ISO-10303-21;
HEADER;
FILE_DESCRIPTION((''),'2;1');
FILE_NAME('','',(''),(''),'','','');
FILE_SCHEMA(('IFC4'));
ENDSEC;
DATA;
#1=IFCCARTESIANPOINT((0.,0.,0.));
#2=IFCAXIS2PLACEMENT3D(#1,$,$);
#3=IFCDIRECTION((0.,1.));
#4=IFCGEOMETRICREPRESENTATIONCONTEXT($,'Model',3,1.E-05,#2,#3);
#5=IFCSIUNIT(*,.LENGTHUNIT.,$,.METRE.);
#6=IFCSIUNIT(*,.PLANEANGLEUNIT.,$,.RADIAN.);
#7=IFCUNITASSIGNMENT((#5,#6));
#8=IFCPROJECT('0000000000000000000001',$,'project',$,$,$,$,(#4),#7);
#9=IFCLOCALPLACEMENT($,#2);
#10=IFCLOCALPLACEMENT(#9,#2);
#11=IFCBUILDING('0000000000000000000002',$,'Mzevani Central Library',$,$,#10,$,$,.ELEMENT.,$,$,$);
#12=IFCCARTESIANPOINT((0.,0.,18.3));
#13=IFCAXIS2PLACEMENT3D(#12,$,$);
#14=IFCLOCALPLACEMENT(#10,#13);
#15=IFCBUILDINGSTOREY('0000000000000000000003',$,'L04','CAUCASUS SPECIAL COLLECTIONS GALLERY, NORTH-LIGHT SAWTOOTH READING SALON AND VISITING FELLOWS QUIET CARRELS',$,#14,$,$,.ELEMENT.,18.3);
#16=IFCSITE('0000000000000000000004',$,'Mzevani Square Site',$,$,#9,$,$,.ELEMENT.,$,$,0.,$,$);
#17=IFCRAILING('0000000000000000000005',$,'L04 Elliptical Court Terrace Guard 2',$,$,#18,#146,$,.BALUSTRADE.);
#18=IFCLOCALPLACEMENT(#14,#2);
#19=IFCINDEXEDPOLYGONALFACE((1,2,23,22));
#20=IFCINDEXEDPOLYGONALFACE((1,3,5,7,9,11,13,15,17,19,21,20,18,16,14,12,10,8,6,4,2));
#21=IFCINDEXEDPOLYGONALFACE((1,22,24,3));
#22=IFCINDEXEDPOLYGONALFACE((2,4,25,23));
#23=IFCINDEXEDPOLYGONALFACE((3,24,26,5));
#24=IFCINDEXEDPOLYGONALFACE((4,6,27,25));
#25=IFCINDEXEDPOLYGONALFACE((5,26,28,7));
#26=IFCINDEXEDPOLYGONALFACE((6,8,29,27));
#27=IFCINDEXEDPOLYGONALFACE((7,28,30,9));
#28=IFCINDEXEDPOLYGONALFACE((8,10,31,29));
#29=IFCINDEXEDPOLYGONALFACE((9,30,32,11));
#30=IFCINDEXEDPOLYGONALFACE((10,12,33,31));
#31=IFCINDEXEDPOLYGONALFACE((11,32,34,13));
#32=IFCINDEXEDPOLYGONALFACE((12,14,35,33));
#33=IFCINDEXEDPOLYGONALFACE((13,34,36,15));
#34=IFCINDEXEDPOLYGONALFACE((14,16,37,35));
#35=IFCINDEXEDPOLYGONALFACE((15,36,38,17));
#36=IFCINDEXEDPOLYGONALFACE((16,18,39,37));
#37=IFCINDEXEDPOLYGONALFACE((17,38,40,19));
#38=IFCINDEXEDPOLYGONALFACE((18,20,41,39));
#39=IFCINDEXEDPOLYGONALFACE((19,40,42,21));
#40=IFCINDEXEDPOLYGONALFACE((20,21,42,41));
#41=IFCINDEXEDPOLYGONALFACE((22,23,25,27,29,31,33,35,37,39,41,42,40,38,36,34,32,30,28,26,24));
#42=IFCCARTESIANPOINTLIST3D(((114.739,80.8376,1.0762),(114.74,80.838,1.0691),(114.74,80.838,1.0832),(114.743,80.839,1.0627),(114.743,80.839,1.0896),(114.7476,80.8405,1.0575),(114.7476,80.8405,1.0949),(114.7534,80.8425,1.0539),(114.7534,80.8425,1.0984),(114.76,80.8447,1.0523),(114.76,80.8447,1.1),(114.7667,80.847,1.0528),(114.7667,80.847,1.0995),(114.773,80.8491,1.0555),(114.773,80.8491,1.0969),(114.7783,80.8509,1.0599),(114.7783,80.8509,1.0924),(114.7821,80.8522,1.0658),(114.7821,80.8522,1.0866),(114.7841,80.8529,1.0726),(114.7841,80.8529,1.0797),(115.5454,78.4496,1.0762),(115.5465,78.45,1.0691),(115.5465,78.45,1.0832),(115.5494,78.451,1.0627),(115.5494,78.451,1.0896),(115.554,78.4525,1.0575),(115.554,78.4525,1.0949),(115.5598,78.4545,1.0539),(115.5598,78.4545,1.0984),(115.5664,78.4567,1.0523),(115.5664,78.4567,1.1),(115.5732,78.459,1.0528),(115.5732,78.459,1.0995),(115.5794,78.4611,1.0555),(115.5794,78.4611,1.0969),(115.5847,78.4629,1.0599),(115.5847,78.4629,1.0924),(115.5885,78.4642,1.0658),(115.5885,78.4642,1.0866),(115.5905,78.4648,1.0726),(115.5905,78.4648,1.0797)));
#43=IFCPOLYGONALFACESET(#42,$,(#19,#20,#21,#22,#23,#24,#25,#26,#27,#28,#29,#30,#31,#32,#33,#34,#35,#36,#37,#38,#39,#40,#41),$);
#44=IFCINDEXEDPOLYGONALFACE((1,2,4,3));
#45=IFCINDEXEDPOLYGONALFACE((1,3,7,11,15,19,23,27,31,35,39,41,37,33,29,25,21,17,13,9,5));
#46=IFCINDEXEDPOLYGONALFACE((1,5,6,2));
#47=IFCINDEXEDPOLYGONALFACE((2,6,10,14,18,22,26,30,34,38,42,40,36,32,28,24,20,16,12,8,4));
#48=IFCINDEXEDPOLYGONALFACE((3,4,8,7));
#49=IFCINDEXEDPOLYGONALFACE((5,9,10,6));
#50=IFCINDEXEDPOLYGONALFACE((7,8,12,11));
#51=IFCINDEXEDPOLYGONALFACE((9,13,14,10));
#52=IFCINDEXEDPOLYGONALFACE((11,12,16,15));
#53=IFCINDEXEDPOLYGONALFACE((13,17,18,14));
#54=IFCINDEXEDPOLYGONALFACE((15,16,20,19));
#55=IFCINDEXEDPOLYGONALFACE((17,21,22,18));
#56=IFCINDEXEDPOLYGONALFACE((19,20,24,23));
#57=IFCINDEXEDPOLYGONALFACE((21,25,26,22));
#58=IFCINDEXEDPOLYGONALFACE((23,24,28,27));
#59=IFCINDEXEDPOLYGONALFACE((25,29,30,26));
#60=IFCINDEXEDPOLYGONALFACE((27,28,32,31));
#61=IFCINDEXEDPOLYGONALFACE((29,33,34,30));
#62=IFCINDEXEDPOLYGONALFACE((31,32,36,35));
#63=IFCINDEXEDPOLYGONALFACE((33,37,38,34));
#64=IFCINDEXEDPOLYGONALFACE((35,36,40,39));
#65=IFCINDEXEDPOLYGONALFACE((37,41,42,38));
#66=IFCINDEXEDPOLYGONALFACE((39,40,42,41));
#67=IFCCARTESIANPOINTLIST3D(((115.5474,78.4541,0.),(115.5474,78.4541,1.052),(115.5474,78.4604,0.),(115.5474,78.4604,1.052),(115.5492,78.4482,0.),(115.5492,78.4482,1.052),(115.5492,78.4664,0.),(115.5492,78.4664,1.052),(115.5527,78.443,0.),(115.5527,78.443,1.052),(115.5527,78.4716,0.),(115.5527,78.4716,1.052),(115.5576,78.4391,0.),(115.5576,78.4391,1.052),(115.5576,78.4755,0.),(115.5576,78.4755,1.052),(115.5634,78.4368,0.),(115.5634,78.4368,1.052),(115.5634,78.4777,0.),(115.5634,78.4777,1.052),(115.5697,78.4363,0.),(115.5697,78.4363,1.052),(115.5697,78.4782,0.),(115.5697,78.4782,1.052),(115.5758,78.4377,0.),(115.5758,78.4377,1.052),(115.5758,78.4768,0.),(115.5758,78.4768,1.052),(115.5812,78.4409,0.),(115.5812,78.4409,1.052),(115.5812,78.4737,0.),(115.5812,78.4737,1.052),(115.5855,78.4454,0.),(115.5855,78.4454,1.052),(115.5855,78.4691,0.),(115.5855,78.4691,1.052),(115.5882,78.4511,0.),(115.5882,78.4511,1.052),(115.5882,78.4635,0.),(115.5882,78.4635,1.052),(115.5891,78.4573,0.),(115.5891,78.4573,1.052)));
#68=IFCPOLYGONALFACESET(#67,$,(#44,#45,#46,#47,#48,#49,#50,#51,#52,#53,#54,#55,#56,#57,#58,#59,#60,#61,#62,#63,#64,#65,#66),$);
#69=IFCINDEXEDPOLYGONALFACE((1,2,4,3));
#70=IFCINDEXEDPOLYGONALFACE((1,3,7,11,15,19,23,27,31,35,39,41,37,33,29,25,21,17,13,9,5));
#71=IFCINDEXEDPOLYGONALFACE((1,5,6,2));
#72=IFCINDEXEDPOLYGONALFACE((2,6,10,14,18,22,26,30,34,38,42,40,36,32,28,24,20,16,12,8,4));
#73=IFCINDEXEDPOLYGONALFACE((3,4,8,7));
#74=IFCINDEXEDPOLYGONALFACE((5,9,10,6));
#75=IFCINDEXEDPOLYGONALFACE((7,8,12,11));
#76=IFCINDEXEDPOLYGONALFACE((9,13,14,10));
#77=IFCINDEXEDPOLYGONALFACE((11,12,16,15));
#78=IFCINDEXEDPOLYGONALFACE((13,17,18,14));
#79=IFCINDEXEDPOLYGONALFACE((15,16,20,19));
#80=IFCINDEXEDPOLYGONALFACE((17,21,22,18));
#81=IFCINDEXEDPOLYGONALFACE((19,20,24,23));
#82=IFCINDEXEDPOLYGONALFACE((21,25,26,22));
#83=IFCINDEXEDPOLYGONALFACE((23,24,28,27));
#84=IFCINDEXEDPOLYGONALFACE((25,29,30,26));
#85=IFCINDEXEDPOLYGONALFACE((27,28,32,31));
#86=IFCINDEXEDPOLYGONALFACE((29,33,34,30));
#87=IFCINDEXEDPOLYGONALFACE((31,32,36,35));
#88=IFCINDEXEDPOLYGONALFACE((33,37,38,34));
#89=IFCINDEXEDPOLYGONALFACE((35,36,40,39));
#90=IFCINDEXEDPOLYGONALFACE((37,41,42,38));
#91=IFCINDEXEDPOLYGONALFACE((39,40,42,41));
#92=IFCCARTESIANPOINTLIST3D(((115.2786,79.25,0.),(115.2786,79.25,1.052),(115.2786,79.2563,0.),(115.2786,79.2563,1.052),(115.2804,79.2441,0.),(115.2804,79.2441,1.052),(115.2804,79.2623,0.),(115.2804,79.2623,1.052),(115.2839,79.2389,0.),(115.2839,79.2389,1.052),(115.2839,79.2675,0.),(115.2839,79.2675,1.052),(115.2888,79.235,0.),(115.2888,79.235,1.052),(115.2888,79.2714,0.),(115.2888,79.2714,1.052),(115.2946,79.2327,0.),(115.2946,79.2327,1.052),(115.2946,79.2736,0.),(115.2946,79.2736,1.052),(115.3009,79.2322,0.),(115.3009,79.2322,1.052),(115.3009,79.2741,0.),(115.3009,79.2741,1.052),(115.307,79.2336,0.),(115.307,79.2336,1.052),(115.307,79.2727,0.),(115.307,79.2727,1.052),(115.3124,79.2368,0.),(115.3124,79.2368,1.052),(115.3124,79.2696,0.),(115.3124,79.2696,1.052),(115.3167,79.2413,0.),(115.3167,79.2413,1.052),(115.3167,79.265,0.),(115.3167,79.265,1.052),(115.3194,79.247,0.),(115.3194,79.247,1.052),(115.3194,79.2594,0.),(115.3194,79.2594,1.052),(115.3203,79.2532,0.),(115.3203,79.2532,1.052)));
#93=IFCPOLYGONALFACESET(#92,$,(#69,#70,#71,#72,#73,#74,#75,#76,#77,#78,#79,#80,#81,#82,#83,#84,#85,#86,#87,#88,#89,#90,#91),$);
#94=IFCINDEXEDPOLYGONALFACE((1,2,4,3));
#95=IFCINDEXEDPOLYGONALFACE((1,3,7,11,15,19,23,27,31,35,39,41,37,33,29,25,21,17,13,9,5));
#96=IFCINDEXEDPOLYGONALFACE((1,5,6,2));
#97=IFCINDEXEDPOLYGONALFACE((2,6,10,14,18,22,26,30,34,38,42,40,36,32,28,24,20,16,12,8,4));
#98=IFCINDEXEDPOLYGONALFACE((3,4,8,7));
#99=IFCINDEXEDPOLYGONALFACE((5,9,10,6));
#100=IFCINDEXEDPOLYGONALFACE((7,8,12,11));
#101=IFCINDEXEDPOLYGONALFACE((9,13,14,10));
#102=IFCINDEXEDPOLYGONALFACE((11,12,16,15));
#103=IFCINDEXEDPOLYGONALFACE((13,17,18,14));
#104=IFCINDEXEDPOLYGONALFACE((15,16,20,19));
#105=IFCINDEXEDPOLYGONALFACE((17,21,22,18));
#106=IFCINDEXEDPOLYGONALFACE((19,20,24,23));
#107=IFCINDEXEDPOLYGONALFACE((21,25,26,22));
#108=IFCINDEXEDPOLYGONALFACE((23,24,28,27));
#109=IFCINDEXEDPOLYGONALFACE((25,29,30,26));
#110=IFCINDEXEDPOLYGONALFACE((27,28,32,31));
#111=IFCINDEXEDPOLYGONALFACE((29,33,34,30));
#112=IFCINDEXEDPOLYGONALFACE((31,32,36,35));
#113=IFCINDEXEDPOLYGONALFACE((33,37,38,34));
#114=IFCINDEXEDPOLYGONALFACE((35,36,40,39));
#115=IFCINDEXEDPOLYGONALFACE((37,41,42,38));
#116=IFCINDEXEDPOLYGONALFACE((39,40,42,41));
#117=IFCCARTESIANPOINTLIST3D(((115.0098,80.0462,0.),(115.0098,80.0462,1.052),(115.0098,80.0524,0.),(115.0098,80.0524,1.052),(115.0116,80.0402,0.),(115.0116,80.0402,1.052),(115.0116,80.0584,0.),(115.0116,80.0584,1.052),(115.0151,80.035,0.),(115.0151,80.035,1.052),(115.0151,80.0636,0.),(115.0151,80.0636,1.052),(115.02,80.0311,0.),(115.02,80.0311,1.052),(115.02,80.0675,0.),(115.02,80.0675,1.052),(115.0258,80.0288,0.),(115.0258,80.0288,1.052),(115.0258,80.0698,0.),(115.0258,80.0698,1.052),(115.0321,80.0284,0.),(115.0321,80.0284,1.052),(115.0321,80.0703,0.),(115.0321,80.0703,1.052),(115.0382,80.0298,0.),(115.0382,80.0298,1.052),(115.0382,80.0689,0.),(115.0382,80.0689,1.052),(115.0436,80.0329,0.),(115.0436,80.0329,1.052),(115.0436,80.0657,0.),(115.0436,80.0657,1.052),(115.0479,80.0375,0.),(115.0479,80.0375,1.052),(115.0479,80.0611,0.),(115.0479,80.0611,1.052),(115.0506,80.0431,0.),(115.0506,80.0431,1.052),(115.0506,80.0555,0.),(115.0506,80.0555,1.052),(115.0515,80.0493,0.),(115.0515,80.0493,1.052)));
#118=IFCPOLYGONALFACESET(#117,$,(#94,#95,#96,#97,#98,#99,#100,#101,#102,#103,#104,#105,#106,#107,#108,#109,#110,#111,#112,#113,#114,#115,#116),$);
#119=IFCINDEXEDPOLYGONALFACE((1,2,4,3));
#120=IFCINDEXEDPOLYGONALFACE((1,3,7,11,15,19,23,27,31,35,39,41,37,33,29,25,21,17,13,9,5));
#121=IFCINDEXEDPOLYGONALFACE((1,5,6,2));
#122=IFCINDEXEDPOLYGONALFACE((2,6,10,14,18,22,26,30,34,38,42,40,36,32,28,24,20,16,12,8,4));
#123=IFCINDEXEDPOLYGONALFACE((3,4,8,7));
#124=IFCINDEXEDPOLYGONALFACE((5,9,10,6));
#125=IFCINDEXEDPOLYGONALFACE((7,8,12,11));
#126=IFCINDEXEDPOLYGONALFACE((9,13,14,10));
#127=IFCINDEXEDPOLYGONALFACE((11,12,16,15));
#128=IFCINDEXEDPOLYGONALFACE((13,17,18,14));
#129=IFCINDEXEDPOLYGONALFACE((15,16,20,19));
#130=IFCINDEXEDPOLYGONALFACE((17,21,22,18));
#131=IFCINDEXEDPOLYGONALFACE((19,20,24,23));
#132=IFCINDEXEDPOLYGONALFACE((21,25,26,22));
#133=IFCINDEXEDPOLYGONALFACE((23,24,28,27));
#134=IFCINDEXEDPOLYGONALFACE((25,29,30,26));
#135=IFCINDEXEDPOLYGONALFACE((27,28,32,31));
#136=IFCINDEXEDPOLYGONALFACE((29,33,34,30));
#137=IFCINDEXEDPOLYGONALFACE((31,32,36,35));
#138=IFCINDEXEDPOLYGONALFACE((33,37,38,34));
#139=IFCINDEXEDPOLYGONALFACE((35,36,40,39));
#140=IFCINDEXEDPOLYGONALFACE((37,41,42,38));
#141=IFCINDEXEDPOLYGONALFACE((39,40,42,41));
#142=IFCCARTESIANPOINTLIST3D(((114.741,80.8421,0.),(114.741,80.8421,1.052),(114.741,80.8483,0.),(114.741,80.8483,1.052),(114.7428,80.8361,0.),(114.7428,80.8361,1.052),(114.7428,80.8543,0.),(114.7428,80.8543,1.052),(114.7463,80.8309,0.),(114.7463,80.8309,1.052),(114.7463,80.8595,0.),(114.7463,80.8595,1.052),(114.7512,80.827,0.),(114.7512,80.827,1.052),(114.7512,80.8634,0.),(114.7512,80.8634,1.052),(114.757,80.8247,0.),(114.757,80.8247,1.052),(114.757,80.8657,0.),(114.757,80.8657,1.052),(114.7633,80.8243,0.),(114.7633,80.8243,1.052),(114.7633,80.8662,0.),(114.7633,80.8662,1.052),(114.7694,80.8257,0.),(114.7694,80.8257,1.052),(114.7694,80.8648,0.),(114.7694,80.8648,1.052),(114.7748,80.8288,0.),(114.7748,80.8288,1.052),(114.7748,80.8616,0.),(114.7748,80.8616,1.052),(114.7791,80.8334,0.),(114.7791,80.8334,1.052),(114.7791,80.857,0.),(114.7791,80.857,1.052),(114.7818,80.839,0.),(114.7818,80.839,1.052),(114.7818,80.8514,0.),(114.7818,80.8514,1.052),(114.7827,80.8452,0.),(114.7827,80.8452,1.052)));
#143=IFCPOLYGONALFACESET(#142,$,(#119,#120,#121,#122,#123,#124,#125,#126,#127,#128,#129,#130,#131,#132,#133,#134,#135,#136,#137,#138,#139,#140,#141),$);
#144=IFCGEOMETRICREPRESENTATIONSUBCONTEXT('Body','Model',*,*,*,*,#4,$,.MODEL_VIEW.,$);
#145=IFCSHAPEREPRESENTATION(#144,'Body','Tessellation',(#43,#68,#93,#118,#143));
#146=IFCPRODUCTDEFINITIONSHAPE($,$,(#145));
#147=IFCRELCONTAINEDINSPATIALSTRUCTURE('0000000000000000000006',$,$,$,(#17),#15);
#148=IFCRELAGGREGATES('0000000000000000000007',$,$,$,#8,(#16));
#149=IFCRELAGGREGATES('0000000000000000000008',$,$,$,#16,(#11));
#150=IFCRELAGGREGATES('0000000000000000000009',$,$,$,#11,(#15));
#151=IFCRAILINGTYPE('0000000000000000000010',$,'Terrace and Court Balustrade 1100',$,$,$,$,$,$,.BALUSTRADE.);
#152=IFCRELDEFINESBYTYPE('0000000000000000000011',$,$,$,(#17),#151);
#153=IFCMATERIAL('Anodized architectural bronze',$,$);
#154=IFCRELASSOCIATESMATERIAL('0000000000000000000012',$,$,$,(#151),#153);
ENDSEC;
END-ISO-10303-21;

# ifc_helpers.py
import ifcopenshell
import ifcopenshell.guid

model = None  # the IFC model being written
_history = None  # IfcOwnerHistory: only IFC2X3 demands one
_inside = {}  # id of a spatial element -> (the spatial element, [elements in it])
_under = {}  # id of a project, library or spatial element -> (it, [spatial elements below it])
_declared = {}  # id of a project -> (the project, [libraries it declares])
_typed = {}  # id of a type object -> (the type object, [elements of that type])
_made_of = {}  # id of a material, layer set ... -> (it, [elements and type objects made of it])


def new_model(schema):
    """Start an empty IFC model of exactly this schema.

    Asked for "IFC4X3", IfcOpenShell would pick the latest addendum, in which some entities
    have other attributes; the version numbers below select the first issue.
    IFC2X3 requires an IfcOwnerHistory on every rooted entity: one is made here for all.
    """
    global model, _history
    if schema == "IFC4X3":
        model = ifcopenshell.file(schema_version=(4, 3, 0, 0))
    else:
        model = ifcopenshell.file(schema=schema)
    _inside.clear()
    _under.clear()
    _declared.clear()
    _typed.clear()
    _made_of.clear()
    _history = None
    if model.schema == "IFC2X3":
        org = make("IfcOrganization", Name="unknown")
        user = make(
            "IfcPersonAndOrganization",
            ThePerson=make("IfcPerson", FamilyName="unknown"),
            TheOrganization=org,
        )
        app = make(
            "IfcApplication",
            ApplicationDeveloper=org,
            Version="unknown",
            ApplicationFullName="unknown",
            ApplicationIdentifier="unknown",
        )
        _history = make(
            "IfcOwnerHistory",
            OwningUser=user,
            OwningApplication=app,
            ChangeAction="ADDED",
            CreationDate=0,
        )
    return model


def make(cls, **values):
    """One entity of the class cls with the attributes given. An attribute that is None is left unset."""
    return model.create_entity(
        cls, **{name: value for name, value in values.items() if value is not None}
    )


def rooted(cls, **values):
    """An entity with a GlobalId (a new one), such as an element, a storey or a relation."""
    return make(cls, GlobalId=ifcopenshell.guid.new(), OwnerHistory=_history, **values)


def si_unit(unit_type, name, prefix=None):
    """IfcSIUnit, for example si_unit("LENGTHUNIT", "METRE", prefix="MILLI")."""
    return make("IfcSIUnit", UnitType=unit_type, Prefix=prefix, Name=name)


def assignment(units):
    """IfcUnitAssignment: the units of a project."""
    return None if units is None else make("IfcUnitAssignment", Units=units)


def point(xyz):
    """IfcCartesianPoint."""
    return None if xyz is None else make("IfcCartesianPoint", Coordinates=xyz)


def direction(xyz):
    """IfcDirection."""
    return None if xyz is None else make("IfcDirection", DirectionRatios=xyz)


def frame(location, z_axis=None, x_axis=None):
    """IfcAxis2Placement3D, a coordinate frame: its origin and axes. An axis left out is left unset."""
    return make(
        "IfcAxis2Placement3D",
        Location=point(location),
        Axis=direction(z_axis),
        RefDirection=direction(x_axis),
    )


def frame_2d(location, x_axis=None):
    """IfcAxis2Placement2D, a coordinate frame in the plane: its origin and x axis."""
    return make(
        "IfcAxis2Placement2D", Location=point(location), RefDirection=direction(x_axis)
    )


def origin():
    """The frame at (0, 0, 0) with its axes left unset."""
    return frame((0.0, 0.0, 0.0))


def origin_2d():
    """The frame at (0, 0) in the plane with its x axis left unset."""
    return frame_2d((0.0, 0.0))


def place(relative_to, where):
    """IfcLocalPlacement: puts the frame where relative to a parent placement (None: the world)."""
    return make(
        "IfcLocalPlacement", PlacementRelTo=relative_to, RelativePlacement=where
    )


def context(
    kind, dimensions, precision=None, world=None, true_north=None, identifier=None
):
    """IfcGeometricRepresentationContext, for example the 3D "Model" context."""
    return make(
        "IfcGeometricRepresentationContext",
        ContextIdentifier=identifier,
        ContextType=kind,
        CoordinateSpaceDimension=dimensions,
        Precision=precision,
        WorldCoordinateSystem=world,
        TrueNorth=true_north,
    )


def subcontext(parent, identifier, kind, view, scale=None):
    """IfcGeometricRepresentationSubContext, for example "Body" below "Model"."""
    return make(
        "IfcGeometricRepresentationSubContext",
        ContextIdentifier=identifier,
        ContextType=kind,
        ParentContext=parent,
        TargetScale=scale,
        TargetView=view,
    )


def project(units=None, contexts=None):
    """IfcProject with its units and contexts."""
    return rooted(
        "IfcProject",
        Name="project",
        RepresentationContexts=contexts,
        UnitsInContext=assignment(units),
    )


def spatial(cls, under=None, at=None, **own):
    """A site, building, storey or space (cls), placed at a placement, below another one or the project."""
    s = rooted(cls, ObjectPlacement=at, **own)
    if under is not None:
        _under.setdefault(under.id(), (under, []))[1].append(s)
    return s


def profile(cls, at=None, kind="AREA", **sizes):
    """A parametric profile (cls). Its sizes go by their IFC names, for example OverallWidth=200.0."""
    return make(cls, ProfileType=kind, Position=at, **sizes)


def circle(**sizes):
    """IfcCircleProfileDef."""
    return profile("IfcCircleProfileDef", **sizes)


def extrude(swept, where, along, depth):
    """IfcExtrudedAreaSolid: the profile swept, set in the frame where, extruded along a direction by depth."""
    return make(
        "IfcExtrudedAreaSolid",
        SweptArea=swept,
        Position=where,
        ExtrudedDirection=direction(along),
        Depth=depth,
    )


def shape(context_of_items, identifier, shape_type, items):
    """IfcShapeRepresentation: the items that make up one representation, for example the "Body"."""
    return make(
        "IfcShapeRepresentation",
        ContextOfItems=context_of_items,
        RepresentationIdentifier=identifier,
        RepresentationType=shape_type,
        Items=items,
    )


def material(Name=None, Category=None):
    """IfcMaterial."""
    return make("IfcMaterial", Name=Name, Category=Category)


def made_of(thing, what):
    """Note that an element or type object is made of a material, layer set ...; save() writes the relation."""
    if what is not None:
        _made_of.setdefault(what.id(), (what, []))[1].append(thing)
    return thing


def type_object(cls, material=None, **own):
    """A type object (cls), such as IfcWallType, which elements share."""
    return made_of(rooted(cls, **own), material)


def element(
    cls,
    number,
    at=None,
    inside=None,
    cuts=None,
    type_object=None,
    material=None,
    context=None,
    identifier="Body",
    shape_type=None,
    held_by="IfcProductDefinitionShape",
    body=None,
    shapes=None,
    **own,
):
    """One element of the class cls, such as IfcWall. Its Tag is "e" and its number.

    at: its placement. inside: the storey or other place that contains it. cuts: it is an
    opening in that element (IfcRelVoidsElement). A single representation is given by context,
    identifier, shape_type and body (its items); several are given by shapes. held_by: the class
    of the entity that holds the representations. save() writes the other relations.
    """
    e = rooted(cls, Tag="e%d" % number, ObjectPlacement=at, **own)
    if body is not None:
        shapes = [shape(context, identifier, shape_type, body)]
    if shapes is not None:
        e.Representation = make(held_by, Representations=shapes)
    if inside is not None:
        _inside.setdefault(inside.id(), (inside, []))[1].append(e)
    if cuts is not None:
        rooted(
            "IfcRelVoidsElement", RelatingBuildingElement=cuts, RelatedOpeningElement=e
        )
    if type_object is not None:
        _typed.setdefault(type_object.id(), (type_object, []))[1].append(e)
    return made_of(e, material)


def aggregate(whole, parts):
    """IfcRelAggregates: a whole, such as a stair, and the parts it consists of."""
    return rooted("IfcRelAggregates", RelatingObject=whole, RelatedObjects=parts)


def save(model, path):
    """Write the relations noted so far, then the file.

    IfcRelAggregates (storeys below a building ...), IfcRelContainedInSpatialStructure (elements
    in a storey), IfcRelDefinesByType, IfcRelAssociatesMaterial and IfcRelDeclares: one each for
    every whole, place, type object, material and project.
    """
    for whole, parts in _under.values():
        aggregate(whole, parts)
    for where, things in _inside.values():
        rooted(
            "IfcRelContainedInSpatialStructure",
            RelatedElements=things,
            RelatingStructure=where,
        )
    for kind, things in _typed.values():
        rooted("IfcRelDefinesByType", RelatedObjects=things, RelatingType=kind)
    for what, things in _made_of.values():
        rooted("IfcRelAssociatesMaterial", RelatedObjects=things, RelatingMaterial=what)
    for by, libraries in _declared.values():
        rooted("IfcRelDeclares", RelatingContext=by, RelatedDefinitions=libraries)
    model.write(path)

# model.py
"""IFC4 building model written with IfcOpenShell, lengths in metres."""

from ifc_helpers import new_model, si_unit, direction, frame, origin, origin_2d, place, context, subcontext, project, spatial, circle, extrude, material, type_object, element, save


model = new_model("IFC4")

# Units and contexts
model_context = context("Model", 3, precision=1e-05, world=origin(), true_north=direction((0.0, 1.0)))
body_context = subcontext(model_context, "Body", "Model", "MODEL_VIEW")
ifc_project = project(units=[si_unit("LENGTHUNIT", "METRE"), si_unit("PLANEANGLEUNIT", "RADIAN")], contexts=[model_context])

# Site, building, storey
site_placement = place(None, origin())
site = spatial("IfcSite", under=ifc_project, at=site_placement, Name="Mzevani Square Site", CompositionType="ELEMENT", RefElevation=0.0)
building_placement = place(site_placement, origin())
building = spatial("IfcBuilding", under=site, at=building_placement, Name="Mzevani Central Library", CompositionType="ELEMENT")
storey_placement = place(building_placement, frame((0.0, 0.0, 18.3)))
storey = spatial("IfcBuildingStorey", under=building, at=storey_placement, Name="L04", Description="CAUCASUS SPECIAL COLLECTIONS GALLERY, NORTH-LIGHT SAWTOOTH READING SALON AND VISITING FELLOWS QUIET CARRELS", CompositionType="ELEMENT", Elevation=18.3)

# Railing
ifc_material_1 = material(Name="Anodized architectural bronze")
railing_type = type_object("IfcRailingType", Name="Terrace and Court Balustrade 1100", PredefinedType="BALUSTRADE", material=ifc_material_1)
railing_1_placement = place(storey_placement, frame((115.5681, 78.4573, 0.0)))
element("IfcRailing", 1, at=railing_1_placement, inside=storey, type_object=railing_type, Name="L04 Elliptical Court Terrace Guard 2", PredefinedType="BALUSTRADE", context=body_context, shape_type="SweptSolid", body=[
    extrude(circle(Radius=0.0239, at=origin_2d()), frame((0.0, 0.0, 1.0762), z_axis=(-0.319945, 0.947436, 0.0), x_axis=(-0.947436, -0.319945, 0.0)), (0.0, 0.0, 1.0), 2.5205),
    extrude(circle(Radius=0.021, at=origin_2d()), origin(), (0.0, 0.0, 1.0), 1.052),
    extrude(circle(Radius=0.021, at=origin_2d()), frame((-0.2688, 0.7959, 0.0)), (0.0, 0.0, 1.0), 1.052),
    extrude(circle(Radius=0.021, at=origin_2d()), frame((-0.5376, 1.592, 0.0)), (0.0, 0.0, 1.0), 1.052),
    extrude(circle(Radius=0.021, at=origin_2d()), frame((-0.8064, 2.3879, 0.0)), (0.0, 0.0, 1.0), 1.052),
])

save(model, "model.ifc")
